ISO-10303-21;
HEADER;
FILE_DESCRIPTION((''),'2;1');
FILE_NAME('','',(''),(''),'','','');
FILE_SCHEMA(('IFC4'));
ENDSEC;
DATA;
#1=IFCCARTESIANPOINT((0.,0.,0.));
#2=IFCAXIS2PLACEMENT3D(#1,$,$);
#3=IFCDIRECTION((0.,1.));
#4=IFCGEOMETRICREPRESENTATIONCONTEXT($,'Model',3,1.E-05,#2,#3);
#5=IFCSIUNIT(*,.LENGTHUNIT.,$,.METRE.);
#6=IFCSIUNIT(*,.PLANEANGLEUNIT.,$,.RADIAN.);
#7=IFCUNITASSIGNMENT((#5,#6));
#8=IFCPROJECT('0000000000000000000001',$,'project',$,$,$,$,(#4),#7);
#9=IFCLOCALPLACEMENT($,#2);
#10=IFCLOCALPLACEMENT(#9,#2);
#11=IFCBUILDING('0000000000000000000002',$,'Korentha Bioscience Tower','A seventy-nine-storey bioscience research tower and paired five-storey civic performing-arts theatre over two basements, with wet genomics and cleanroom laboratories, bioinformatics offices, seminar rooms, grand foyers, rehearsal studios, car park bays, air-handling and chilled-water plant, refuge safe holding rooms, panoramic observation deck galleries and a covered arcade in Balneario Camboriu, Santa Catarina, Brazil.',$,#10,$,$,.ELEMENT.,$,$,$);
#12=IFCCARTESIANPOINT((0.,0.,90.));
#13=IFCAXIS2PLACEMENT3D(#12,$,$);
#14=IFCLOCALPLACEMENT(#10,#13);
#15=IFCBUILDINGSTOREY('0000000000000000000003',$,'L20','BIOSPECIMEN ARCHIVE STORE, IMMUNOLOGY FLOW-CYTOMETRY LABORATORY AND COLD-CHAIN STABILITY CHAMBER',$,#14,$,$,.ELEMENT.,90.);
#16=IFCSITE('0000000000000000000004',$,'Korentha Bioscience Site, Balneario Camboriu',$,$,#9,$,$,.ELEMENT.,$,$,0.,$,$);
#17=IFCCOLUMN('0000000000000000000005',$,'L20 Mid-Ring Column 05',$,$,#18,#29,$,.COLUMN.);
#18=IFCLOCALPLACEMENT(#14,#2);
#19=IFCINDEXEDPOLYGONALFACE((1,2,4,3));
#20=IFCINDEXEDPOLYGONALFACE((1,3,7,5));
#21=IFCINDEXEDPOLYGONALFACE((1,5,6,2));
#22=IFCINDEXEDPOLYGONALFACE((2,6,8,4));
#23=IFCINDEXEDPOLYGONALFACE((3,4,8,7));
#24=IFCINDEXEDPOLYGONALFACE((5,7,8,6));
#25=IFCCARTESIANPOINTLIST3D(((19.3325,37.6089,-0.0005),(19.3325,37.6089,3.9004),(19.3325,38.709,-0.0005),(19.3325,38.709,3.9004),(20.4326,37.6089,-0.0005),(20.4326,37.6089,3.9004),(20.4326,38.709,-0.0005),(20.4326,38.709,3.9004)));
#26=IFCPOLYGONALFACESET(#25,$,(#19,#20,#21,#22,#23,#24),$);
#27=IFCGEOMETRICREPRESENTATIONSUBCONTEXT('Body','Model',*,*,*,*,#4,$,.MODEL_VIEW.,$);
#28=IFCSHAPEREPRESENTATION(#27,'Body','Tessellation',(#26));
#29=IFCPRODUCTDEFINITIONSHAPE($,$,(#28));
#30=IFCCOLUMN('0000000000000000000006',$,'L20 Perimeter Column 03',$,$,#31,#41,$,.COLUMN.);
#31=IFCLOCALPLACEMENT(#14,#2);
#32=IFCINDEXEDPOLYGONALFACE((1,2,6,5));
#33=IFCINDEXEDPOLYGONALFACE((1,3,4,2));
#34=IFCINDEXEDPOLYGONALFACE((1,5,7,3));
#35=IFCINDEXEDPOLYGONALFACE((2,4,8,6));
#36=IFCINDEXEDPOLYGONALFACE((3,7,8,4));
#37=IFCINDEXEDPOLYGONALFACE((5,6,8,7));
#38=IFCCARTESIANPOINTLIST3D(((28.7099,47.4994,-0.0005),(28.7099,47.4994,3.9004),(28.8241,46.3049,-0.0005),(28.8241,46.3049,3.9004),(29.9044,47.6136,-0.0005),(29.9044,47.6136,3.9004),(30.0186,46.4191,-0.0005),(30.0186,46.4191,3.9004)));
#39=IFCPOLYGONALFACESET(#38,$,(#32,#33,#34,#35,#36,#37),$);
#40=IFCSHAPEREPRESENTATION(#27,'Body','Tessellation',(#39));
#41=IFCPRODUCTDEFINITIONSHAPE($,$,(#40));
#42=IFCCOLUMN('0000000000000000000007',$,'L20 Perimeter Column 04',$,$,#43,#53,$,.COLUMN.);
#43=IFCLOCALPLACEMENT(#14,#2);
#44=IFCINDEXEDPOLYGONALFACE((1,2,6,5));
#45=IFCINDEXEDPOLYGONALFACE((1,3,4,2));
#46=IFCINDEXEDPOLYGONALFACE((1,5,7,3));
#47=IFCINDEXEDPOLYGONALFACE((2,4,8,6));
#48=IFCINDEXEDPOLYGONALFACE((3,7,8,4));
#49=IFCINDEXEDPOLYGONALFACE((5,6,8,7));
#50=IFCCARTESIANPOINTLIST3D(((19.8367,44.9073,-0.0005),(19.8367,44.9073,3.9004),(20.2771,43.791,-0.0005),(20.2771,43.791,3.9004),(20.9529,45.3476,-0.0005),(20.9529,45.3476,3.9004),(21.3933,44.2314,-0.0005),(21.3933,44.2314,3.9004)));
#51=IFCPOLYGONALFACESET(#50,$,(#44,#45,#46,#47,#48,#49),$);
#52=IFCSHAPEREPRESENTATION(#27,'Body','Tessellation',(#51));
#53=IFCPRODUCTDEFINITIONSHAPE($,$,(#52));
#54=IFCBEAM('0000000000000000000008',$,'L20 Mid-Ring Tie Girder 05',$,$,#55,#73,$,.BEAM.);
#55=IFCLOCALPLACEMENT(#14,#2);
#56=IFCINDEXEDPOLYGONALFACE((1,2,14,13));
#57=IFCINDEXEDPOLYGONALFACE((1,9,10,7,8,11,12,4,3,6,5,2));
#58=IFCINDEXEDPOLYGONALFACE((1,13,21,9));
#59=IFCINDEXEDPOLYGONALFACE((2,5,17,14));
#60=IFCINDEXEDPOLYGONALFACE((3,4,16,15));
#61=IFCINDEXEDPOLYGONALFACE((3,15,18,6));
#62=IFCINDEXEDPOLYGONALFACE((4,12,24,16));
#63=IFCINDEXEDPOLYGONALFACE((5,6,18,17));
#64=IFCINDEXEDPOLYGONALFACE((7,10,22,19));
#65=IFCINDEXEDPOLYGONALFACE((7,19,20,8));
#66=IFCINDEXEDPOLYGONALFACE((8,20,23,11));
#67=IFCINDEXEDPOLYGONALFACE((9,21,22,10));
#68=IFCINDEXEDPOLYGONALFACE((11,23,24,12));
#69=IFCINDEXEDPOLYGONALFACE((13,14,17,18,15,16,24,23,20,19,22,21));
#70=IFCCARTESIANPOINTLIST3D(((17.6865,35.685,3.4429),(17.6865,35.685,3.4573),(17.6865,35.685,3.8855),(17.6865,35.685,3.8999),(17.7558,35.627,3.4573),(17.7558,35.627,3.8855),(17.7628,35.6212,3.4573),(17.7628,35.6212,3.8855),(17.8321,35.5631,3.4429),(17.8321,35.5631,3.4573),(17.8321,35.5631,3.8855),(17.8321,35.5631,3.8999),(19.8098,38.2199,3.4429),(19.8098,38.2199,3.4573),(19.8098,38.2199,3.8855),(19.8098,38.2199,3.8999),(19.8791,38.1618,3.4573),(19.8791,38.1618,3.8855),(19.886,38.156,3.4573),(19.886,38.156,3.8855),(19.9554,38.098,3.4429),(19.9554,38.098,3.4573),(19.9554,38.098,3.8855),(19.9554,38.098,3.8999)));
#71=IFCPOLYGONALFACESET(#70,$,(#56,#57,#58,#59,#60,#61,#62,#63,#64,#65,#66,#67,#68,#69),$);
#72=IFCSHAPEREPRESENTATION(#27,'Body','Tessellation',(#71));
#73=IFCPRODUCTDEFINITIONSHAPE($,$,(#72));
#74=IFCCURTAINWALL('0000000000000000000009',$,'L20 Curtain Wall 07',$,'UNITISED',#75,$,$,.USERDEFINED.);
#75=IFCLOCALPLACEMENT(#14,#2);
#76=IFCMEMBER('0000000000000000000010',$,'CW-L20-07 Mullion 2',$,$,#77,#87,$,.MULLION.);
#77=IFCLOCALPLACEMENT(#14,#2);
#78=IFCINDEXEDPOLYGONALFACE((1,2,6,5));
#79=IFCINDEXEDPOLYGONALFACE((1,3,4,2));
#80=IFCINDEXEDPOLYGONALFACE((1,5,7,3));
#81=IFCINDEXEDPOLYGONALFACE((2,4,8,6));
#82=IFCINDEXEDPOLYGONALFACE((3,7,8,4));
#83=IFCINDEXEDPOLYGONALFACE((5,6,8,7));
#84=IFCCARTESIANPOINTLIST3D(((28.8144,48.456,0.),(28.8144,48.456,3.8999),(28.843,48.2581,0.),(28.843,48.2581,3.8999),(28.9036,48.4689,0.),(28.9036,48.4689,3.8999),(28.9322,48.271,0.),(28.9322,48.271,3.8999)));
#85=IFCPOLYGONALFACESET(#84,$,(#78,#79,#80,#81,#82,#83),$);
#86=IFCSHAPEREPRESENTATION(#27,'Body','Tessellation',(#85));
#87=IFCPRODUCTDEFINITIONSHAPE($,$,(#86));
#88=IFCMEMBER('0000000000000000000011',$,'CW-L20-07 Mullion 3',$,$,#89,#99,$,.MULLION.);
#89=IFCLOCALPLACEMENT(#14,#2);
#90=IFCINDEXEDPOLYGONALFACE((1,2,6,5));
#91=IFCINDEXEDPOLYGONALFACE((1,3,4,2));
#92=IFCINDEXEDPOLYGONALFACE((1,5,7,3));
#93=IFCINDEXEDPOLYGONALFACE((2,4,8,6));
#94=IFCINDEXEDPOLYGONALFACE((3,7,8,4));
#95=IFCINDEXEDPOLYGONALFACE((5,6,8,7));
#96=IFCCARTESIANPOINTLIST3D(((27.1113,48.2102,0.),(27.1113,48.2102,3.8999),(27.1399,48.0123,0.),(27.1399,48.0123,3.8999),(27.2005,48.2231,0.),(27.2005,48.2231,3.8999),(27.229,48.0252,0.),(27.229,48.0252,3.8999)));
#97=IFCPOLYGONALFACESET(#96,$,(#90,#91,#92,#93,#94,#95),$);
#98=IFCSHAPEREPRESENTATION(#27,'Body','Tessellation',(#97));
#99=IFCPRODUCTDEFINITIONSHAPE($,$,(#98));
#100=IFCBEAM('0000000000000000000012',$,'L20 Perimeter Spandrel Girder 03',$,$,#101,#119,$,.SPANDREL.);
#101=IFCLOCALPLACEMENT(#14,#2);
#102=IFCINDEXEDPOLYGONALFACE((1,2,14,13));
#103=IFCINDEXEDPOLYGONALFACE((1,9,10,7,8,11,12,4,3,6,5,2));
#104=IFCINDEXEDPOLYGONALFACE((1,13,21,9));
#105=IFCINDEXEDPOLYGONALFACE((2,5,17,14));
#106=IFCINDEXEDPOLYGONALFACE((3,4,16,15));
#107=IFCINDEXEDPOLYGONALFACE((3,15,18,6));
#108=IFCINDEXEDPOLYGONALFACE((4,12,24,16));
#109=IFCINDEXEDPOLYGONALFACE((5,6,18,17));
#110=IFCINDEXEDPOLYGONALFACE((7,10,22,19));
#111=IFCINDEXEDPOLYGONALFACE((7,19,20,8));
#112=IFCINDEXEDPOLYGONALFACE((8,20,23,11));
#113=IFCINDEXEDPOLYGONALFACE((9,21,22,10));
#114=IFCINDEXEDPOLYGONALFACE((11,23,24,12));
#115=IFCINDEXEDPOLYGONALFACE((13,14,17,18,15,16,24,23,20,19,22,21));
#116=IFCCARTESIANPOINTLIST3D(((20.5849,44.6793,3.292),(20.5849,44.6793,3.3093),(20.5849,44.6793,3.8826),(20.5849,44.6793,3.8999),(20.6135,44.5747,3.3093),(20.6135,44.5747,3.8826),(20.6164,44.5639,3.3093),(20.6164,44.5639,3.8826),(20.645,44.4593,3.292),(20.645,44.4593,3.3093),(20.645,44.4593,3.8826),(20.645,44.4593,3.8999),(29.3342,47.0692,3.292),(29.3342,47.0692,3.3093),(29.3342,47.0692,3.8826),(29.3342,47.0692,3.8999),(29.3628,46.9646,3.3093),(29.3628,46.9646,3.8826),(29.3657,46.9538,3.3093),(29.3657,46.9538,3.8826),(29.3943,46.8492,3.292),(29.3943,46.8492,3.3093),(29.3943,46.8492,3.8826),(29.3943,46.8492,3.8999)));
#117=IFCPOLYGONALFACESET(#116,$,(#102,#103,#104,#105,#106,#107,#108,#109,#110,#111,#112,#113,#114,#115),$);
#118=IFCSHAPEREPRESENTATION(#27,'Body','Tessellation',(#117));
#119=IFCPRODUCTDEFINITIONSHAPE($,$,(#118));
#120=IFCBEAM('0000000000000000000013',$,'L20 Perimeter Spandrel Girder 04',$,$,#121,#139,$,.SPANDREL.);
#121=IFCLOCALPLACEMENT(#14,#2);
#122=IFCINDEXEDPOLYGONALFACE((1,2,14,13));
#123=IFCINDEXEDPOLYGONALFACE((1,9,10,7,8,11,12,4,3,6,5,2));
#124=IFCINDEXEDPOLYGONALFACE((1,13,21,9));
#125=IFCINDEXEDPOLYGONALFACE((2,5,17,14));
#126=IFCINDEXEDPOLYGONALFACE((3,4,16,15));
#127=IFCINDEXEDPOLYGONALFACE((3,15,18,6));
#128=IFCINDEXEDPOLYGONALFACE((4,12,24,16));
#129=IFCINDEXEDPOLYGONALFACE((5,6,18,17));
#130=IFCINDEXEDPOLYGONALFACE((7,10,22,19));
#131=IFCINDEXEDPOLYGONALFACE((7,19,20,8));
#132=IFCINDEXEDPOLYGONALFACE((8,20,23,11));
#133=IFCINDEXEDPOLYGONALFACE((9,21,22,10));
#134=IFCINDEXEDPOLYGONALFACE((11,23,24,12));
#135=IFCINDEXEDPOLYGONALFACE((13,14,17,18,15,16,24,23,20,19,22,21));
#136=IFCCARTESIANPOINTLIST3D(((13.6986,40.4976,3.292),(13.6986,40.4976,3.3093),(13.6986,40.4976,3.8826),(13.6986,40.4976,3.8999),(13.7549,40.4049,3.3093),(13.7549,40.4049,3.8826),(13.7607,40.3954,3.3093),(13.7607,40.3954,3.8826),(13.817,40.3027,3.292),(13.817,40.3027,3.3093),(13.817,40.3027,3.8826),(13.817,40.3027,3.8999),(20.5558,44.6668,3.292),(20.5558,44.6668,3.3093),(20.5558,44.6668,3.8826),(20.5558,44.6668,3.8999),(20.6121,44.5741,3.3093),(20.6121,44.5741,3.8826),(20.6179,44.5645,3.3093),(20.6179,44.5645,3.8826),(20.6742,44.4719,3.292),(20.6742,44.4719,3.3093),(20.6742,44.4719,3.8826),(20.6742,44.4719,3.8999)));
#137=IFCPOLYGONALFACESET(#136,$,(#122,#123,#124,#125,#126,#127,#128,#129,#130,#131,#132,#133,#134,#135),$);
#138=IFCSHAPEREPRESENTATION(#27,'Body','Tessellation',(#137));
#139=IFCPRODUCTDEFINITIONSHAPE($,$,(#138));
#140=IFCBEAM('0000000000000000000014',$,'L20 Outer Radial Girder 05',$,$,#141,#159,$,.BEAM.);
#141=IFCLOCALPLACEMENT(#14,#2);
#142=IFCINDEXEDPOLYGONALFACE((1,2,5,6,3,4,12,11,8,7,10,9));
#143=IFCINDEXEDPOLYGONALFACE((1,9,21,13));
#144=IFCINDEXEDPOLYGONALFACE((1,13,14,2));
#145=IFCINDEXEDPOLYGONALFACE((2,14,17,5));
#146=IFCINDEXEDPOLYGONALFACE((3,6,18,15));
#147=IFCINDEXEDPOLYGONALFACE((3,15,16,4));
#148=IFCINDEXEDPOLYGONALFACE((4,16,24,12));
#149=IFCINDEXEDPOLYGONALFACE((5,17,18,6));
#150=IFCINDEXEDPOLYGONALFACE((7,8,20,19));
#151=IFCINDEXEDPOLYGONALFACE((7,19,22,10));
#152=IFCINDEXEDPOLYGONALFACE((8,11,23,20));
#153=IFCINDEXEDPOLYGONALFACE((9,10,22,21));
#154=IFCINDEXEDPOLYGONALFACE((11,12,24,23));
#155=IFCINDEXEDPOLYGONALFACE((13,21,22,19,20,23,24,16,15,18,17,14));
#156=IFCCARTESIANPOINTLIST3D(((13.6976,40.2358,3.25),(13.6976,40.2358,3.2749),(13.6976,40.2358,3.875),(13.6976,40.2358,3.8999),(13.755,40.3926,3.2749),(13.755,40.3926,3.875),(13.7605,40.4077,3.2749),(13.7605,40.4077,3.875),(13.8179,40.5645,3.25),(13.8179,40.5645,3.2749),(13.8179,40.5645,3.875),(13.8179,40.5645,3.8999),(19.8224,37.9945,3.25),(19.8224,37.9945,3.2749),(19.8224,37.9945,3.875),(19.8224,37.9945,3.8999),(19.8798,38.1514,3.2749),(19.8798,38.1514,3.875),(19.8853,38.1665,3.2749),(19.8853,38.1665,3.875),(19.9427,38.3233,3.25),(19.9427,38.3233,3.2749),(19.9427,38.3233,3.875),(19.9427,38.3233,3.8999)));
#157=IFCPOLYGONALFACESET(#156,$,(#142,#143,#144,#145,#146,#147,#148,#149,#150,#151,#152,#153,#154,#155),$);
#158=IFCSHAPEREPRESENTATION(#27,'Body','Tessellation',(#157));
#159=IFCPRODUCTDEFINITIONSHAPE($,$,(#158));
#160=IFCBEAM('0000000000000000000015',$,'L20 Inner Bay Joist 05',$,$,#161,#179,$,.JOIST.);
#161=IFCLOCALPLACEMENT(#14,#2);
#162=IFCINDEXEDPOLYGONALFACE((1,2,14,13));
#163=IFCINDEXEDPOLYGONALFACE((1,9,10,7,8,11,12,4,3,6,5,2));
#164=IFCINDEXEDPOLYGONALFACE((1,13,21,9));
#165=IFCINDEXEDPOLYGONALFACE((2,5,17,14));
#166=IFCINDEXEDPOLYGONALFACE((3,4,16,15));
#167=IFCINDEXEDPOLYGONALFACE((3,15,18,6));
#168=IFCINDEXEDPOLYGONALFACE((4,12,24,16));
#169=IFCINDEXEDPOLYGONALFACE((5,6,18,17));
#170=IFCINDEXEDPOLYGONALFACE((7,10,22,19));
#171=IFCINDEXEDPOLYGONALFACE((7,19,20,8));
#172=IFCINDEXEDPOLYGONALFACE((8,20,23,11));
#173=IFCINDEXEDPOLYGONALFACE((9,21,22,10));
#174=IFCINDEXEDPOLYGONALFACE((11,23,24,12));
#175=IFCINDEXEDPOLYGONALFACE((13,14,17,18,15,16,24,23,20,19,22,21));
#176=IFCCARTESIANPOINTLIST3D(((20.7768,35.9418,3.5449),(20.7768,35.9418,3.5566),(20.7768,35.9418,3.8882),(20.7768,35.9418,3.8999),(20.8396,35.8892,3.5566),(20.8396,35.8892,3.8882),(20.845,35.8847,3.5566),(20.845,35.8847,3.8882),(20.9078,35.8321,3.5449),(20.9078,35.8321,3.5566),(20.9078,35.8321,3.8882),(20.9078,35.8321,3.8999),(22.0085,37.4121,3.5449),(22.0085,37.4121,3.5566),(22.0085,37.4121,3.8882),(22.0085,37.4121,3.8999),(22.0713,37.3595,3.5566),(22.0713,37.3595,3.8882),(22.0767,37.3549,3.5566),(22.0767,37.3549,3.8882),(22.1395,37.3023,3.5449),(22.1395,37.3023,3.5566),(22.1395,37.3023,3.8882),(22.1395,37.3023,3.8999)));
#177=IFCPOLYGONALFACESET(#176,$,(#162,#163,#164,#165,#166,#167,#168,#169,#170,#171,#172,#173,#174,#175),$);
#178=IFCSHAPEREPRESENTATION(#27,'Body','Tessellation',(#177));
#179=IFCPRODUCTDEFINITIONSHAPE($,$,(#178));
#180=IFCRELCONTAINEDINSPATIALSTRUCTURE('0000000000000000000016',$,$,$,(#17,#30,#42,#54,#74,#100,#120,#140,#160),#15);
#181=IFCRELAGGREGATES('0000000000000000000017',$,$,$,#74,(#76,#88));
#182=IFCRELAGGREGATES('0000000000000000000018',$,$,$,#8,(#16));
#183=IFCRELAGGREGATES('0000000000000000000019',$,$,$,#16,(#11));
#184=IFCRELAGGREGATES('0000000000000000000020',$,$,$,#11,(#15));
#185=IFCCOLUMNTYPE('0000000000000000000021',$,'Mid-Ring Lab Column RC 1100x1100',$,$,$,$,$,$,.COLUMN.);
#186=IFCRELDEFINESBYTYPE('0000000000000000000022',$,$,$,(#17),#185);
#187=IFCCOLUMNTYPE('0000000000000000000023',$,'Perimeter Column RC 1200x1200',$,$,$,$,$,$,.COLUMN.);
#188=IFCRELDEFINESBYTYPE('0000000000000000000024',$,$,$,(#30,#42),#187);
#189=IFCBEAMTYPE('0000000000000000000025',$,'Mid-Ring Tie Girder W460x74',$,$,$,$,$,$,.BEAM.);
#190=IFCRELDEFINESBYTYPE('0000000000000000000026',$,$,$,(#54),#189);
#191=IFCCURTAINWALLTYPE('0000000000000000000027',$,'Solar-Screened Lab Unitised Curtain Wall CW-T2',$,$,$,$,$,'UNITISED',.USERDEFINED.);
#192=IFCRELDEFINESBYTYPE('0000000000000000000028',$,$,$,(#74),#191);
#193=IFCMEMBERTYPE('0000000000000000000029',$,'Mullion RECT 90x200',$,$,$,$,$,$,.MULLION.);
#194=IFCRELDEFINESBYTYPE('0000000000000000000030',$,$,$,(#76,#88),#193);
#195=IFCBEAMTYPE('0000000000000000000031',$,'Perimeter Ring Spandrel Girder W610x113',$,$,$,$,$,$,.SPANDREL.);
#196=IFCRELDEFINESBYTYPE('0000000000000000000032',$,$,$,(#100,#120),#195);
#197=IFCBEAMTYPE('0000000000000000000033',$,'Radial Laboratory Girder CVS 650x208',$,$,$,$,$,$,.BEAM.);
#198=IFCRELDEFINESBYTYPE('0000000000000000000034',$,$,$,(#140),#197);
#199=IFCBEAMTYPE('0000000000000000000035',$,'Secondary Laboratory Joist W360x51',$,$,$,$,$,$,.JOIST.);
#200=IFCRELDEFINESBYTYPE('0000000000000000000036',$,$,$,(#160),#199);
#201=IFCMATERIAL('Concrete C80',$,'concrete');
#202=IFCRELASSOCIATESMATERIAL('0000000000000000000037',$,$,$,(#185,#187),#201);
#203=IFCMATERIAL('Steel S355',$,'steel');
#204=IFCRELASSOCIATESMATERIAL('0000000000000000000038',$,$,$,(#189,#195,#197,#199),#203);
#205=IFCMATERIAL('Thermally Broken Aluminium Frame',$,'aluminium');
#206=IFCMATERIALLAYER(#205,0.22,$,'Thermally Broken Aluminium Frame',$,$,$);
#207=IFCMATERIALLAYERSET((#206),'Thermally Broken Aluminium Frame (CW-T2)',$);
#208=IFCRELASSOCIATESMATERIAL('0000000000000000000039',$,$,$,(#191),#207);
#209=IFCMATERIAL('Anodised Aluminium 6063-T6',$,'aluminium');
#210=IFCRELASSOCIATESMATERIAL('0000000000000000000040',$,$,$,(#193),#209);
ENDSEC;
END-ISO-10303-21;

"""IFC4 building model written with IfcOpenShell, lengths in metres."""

from ifc_helpers import new_model, si_unit, direction, frame, origin, origin_2d, place, context, subcontext, project, spatial, rectangle, i_section, extrude, material, layer, layer_set, material_profile, profile_set, type_object, element, aggregate, save


model = new_model("IFC4")

# Units and contexts
model_context = context("Model", 3, precision=1e-05, world=origin(), true_north=direction((0.0, 1.0)))
body_context = subcontext(model_context, "Body", "Model", "MODEL_VIEW")
ifc_project = project(units=[si_unit("LENGTHUNIT", "METRE"), si_unit("PLANEANGLEUNIT", "RADIAN")], contexts=[model_context])

# Site, building, storey
site_placement = place(None, origin())
site = spatial("IfcSite", under=ifc_project, at=site_placement, Name="Korentha Bioscience Site, Balneario Camboriu", CompositionType="ELEMENT", RefElevation=0.0)
building_placement = place(site_placement, origin())
building = spatial("IfcBuilding", under=site, at=building_placement, Name="Korentha Bioscience Tower", Description="A seventy-nine-storey bioscience research tower and paired five-storey civic performing-arts theatre over two basements, with wet genomics and cleanroom laboratories, bioinformatics offices, seminar rooms, grand foyers, rehearsal studios, car park bays, air-handling and chilled-water plant, refuge safe holding rooms, panoramic observation deck galleries and a covered arcade in Balneario Camboriu, Santa Catarina, Brazil.", CompositionType="ELEMENT")
storey_placement = place(building_placement, frame((0.0, 0.0, 90.0)))
storey = spatial("IfcBuildingStorey", under=building, at=storey_placement, Name="L20", Description="BIOSPECIMEN ARCHIVE STORE, IMMUNOLOGY FLOW-CYTOMETRY LABORATORY AND COLD-CHAIN STABILITY CHAMBER", CompositionType="ELEMENT", Elevation=90.0)

# Columns
ifc_material_1 = material(Name="Concrete C80", Category="concrete")
ifc_material_profile_1 = material_profile(ifc_material_1, rectangle(XDim=1.1001, YDim=1.1001, at=origin_2d()), Name="Concrete C80")
ifc_profile_set_1 = profile_set([ifc_material_profile_1], Name="Concrete C80 (COL-MR11)")
column_type_1 = type_object("IfcColumnType", Name="Mid-Ring Lab Column RC 1100x1100", PredefinedType="COLUMN", material=ifc_profile_set_1)
column_placement = place(storey_placement, frame((19.8826, 38.1589, -0.0005), z_axis=(0.0, 0.0, 1.0), x_axis=(1.0, 0.0, 0.0)))
element("IfcColumn", 1, at=column_placement, inside=storey, type_object=column_type_1, Name="L20 Mid-Ring Column 05", PredefinedType="COLUMN", context=body_context, shape_type="SweptSolid", body=[
    extrude(rectangle(XDim=1.1001, YDim=1.1001, at=origin_2d()), origin(), (0.0, 0.0, 1.0), 3.9009),
])
ifc_material_profile_2 = material_profile(ifc_material_1, rectangle(XDim=1.2, YDim=1.2, at=origin_2d()), Name="Concrete C80")
ifc_profile_set_2 = profile_set([ifc_material_profile_2], Name="Concrete C80 (COL-P12)")
column_type_2 = type_object("IfcColumnType", Name="Perimeter Column RC 1200x1200", PredefinedType="COLUMN", material=ifc_profile_set_2)
for number, where, z_axis, x_axis, name in (
    (2, (29.3643, 46.9592, -0.0005), (0.0, 0.0, 1.0), (0.995463, 0.095151, 0.0), "L20 Perimeter Column 03"),
    (3, (20.615, 44.5693, -0.0005), (0.0, 0.0, 1.0), (0.930226, 0.366988, 0.0), "L20 Perimeter Column 04"),
):
    element("IfcColumn", number, at=place(storey_placement, frame(where, z_axis=z_axis, x_axis=x_axis)), inside=storey, type_object=column_type_2, Name=name, PredefinedType="COLUMN", context=body_context, shape_type="SweptSolid", body=[
        extrude(rectangle(XDim=1.2, YDim=1.2, at=origin_2d()), origin(), (0.0, 0.0, 1.0), 3.9009),
    ])

# Beam
ifc_material_2 = material(Name="Steel S355", Category="steel")
ifc_material_profile_3 = material_profile(ifc_material_2, i_section(OverallWidth=0.1899, OverallDepth=0.457, WebThickness=0.009, FlangeThickness=0.0144, at=origin_2d()), Name="Steel S355")
ifc_profile_set_3 = profile_set([ifc_material_profile_3], Name="Steel S355 (MB-460)")
beam_type_1 = type_object("IfcBeamType", Name="Mid-Ring Tie Girder W460x74", PredefinedType="BEAM", material=ifc_profile_set_3)
beam_1_placement = place(storey_placement, frame((19.8826, 38.1589, 3.6714), z_axis=(-0.642121, -0.766603, 0.0), x_axis=(0.766603, -0.642121, 0.0)))
element("IfcBeam", 4, at=beam_1_placement, inside=storey, type_object=beam_type_1, Name="L20 Mid-Ring Tie Girder 05", PredefinedType="BEAM", context=body_context, shape_type="SweptSolid", body=[
    extrude(i_section(OverallWidth=0.1899, OverallDepth=0.457, WebThickness=0.009, FlangeThickness=0.0144, at=origin_2d()), origin(), (0.0, 0.0, 1.0), 3.3066),
])

# Curtain wall, members
ifc_material_3 = material(Name="Thermally Broken Aluminium Frame", Category="aluminium")
ifc_layer_1 = layer(ifc_material_3, 0.22, Name="Thermally Broken Aluminium Frame")
ifc_layer_set_1 = layer_set([ifc_layer_1], Name="Thermally Broken Aluminium Frame (CW-T2)")
curtain_wall_type = type_object("IfcCurtainWallType", Name="Solar-Screened Lab Unitised Curtain Wall CW-T2", ElementType="UNITISED", PredefinedType="USERDEFINED", material=ifc_layer_set_1)
curtain_wall_placement = place(storey_placement, origin())
curtain_wall = element("IfcCurtainWall", 5, at=curtain_wall_placement, inside=storey, type_object=curtain_wall_type, Name="L20 Curtain Wall 07", ObjectType="UNITISED", PredefinedType="USERDEFINED")
ifc_material_4 = material(Name="Anodised Aluminium 6063-T6", Category="aluminium")
ifc_material_profile_4 = material_profile(ifc_material_4, rectangle(XDim=0.0901, YDim=0.2, at=origin_2d()), Name="Anodised Aluminium 6063-T6")
ifc_profile_set_4 = profile_set([ifc_material_profile_4], Name="Anodised Aluminium 6063-T6 (CW-MUL)")
member_type_1 = type_object("IfcMemberType", Name="Mullion RECT 90x200", PredefinedType="MULLION", material=ifc_profile_set_4)
member_1_placement = place(storey_placement, frame((28.8733, 48.3635, 0.0), z_axis=(0.0, 0.0, 1.0), x_axis=(-0.989738, -0.142892, 0.0)))
member_1 = element("IfcMember", 6, at=member_1_placement, type_object=member_type_1, Name="CW-L20-07 Mullion 2", PredefinedType="MULLION", context=body_context, shape_type="SweptSolid", body=[
    extrude(rectangle(XDim=0.0901, YDim=0.2, at=origin_2d()), origin(), (0.0, 0.0, 1.0), 3.8999),
])
member_2_placement = place(storey_placement, frame((27.1702, 48.1177, 0.0), z_axis=(0.0, 0.0, 1.0), x_axis=(-0.989738, -0.142892, 0.0)))
member_2 = element("IfcMember", 7, at=member_2_placement, type_object=member_type_1, Name="CW-L20-07 Mullion 3", PredefinedType="MULLION", context=body_context, shape_type="SweptSolid", body=[
    extrude(rectangle(XDim=0.0901, YDim=0.2, at=origin_2d()), origin(), (0.0, 0.0, 1.0), 3.8999),
])

# Beams
ifc_material_profile_5 = material_profile(ifc_material_2, i_section(OverallWidth=0.228, OverallDepth=0.6079, WebThickness=0.0112, FlangeThickness=0.0173, at=origin_2d()), Name="Steel S355")
ifc_profile_set_5 = profile_set([ifc_material_profile_5], Name="Steel S355 (SB-610)")
beam_type_2 = type_object("IfcBeamType", Name="Perimeter Ring Spandrel Girder W610x113", PredefinedType="SPANDREL", material=ifc_profile_set_5)
beam_2_placement = place(storey_placement, frame((29.3643, 46.9592, 3.5959), z_axis=(-0.964659, -0.2635, 0.0), x_axis=(0.2635, -0.964659, 0.0)))
element("IfcBeam", 8, at=beam_2_placement, inside=storey, type_object=beam_type_2, Name="L20 Perimeter Spandrel Girder 03", PredefinedType="SPANDREL", context=body_context, shape_type="SweptSolid", body=[
    extrude(i_section(OverallWidth=0.228, OverallDepth=0.6079, WebThickness=0.0112, FlangeThickness=0.0173, at=origin_2d()), origin(), (0.0, 0.0, 1.0), 9.0698),
])
beam_3_placement = place(storey_placement, frame((20.615, 44.5693, 3.5959), z_axis=(-0.854461, -0.519515, 0.0), x_axis=(0.519515, -0.854461, 0.0)))
element("IfcBeam", 9, at=beam_3_placement, inside=storey, type_object=beam_type_2, Name="L20 Perimeter Spandrel Girder 04", PredefinedType="SPANDREL", context=body_context, shape_type="SweptSolid", body=[
    extrude(i_section(OverallWidth=0.228, OverallDepth=0.6079, WebThickness=0.0112, FlangeThickness=0.0173, at=origin_2d()), origin(), (0.0, 0.0, 1.0), 8.0251),
])
ifc_material_profile_6 = material_profile(ifc_material_2, i_section(OverallWidth=0.3501, OverallDepth=0.6499, WebThickness=0.0161, FlangeThickness=0.0249, at=origin_2d()), Name="Steel S355")
ifc_profile_set_6 = profile_set([ifc_material_profile_6], Name="Steel S355 (RB-650)")
beam_type_3 = type_object("IfcBeamType", Name="Radial Laboratory Girder CVS 650x208", PredefinedType="BEAM", material=ifc_profile_set_6)
beam_4_placement = place(storey_placement, frame((19.8826, 38.1589, 3.575), z_axis=(-0.939101, 0.343642, 0.0), x_axis=(-0.343642, -0.939101, 0.0)))
element("IfcBeam", 10, at=beam_4_placement, inside=storey, type_object=beam_type_3, Name="L20 Outer Radial Girder 05", PredefinedType="BEAM", context=body_context, shape_type="SweptSolid", body=[
    extrude(i_section(OverallWidth=0.3501, OverallDepth=0.6499, WebThickness=0.0161, FlangeThickness=0.0249, at=origin_2d()), origin(), (0.0, 0.0, 1.0), 6.522),
])
ifc_material_profile_7 = material_profile(ifc_material_2, i_section(OverallWidth=0.1709, OverallDepth=0.355, WebThickness=0.0071, FlangeThickness=0.0117, at=origin_2d()), Name="Steel S355")
ifc_profile_set_7 = profile_set([ifc_material_profile_7], Name="Steel S355 (JB-360)")
beam_type_4 = type_object("IfcBeamType", Name="Secondary Laboratory Joist W360x51", PredefinedType="JOIST", material=ifc_profile_set_7)
beam_5_placement = place(storey_placement, frame((22.074, 37.3572, 3.7224), z_axis=(-0.642185, -0.766549, 0.0), x_axis=(0.766549, -0.642185, 0.0)))
element("IfcBeam", 11, at=beam_5_placement, inside=storey, type_object=beam_type_4, Name="L20 Inner Bay Joist 05", PredefinedType="JOIST", context=body_context, shape_type="SweptSolid", body=[
    extrude(i_section(OverallWidth=0.1709, OverallDepth=0.355, WebThickness=0.0071, FlangeThickness=0.0117, at=origin_2d()), origin(), (0.0, 0.0, 1.0), 1.918),
])

aggregate(curtain_wall, [member_1, member_2])

save(model, "model.ifc")
